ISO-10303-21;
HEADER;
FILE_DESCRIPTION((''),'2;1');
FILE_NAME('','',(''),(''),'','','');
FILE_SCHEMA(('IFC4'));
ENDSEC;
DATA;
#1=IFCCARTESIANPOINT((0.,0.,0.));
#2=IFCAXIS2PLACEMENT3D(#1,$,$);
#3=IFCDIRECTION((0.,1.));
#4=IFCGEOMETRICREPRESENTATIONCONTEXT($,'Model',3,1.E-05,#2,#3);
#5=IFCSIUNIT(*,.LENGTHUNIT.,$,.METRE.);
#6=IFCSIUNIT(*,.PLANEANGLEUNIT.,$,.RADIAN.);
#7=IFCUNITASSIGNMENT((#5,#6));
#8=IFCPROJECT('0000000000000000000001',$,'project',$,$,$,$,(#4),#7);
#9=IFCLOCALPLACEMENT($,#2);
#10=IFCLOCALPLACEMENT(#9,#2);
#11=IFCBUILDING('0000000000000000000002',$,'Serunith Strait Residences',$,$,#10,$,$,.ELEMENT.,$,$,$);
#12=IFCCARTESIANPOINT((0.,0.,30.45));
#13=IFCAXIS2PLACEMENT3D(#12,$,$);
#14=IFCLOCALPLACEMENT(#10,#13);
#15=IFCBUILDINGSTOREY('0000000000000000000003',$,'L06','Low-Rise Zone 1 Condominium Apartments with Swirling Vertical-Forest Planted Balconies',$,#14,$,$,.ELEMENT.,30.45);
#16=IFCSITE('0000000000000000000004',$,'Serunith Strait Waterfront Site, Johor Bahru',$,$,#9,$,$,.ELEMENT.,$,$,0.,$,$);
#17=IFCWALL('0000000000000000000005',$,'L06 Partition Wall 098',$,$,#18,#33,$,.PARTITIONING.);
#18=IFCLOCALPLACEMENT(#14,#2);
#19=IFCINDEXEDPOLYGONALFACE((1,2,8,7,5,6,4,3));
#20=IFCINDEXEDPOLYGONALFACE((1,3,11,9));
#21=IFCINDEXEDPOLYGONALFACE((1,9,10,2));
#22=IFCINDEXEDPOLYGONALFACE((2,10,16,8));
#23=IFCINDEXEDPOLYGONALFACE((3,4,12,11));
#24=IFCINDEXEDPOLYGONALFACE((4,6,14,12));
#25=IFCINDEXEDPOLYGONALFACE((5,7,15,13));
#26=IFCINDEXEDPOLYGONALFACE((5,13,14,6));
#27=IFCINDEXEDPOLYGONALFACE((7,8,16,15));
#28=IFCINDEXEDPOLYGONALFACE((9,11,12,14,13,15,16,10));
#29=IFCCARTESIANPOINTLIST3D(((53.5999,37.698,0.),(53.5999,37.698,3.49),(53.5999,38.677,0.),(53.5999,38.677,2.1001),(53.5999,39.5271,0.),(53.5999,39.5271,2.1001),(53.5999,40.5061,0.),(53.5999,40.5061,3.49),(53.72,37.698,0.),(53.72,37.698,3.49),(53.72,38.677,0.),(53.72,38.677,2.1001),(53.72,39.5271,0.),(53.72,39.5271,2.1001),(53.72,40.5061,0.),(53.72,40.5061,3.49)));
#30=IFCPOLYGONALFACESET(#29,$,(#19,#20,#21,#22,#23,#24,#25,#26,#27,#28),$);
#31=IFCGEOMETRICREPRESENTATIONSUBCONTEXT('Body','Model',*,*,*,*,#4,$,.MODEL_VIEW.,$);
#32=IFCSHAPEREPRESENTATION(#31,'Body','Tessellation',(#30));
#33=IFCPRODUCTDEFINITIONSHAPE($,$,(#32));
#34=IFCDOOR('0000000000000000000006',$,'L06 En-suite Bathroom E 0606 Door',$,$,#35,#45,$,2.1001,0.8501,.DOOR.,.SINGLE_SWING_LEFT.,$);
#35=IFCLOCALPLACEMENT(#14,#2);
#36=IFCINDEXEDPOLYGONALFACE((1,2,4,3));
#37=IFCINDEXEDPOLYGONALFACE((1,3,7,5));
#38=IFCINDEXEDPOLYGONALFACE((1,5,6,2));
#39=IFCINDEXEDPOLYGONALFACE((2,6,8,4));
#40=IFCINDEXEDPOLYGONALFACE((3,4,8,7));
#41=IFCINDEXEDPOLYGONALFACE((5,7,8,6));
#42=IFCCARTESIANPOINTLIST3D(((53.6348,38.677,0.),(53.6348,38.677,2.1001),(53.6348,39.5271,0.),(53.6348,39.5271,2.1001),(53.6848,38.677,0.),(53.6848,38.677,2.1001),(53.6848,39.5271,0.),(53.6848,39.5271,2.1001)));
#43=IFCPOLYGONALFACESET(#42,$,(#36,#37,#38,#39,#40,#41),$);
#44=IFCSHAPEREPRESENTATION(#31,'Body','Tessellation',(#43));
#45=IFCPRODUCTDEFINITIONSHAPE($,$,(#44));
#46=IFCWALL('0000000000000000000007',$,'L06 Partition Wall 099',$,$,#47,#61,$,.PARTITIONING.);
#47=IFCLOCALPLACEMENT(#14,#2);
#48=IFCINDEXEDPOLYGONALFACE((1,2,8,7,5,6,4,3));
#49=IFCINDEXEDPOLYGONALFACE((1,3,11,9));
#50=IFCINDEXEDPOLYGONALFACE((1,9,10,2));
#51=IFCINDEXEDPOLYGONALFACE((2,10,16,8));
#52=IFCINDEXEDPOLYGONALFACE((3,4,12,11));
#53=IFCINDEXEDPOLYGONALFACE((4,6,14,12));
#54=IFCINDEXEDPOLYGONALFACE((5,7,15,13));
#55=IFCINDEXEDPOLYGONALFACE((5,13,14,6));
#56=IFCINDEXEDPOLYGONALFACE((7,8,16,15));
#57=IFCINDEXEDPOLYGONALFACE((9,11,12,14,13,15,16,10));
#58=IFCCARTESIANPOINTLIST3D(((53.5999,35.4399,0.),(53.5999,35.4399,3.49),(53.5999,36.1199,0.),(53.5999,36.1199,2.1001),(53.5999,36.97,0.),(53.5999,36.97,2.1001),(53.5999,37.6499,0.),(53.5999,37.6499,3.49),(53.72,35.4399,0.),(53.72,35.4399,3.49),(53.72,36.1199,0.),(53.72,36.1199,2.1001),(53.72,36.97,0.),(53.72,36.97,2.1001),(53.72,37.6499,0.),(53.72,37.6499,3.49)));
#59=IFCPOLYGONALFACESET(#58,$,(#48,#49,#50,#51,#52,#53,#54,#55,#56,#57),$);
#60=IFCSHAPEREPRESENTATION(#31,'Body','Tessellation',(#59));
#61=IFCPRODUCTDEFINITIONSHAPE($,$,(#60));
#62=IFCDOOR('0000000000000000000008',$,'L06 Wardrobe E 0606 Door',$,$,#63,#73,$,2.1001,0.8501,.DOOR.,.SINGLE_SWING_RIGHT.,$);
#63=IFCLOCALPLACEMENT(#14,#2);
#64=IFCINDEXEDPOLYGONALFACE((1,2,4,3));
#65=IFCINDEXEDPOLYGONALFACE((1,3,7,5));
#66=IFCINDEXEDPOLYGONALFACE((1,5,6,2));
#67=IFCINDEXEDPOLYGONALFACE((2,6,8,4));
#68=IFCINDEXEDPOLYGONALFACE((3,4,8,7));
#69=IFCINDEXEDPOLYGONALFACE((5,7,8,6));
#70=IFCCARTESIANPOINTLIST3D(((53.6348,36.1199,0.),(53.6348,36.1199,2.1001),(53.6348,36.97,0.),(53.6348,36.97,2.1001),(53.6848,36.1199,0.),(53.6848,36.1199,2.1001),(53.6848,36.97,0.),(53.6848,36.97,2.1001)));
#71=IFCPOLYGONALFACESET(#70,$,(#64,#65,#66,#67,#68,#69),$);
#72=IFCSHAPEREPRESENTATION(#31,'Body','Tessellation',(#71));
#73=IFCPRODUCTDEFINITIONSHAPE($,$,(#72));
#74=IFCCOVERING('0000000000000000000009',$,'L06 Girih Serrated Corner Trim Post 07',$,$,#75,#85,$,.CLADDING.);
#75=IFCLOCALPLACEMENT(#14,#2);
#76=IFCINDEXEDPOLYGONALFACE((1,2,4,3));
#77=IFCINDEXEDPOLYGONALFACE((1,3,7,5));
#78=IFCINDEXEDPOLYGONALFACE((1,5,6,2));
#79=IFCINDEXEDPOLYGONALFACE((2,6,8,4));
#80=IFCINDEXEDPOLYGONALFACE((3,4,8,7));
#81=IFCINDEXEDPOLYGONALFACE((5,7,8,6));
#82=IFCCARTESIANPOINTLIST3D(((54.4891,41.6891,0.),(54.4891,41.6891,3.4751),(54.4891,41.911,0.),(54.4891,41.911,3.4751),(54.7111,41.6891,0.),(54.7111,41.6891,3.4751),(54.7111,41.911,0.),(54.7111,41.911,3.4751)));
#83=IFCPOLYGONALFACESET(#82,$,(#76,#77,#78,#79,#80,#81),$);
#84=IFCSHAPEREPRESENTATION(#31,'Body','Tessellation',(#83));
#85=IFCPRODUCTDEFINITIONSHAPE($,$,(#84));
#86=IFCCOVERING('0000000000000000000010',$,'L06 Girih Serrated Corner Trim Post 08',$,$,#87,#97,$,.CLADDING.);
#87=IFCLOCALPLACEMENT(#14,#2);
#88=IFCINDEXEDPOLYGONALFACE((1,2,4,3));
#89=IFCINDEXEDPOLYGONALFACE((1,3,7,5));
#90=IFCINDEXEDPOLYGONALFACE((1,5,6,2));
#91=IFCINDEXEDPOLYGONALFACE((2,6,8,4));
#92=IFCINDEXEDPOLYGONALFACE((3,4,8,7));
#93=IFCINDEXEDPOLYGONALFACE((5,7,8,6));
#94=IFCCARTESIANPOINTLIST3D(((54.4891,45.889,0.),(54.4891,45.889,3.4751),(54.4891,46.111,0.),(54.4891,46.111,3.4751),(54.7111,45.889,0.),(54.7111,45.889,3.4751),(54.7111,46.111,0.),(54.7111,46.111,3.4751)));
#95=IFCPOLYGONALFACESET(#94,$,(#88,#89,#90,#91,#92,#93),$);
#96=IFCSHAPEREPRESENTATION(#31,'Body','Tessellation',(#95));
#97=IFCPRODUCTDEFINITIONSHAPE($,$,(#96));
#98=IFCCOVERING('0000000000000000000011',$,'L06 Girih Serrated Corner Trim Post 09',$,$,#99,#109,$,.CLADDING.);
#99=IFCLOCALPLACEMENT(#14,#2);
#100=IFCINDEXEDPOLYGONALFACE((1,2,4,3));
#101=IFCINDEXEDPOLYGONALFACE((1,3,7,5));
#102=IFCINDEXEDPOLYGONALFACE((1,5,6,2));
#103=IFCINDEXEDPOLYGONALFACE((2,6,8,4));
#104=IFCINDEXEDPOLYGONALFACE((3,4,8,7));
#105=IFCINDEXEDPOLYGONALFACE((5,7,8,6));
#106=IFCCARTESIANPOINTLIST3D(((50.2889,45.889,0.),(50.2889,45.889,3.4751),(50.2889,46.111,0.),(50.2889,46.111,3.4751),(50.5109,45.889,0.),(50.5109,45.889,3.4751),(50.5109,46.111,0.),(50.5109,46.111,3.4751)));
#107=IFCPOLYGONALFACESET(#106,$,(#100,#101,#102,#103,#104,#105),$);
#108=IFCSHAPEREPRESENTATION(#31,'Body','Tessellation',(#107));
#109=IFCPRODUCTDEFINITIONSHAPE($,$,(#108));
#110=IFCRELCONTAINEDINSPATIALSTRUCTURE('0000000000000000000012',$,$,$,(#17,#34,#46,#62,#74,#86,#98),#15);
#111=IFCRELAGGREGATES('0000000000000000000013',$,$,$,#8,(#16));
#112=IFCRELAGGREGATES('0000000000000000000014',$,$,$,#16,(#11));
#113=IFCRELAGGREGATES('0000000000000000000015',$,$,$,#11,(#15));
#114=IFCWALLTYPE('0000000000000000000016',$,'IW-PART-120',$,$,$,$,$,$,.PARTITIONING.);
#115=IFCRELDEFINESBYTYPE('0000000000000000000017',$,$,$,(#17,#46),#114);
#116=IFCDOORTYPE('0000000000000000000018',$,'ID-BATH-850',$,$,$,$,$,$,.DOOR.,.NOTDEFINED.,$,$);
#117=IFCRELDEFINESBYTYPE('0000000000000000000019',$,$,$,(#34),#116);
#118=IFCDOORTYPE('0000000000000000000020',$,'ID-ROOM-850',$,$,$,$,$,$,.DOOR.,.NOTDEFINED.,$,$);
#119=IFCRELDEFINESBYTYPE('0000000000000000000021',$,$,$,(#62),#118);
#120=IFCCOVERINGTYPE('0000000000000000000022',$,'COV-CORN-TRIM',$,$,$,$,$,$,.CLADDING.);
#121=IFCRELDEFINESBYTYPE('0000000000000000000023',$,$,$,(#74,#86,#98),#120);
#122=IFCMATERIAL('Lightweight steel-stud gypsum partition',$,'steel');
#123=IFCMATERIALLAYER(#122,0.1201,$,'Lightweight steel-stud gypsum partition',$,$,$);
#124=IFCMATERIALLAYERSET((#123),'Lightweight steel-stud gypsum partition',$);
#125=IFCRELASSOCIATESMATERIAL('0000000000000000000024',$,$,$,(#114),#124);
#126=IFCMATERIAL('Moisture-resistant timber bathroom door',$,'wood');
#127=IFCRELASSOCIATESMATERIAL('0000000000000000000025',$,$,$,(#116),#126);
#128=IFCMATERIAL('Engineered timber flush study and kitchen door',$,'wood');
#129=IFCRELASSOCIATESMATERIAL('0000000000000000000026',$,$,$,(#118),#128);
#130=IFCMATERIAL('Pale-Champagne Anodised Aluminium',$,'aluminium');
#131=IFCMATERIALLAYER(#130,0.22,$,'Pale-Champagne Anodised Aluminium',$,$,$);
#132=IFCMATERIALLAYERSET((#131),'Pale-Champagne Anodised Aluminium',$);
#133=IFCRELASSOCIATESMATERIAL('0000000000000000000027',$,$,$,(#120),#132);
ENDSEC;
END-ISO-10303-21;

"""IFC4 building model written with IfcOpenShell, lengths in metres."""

from ifc_helpers import new_model, si_unit, direction, frame, frame_2d, origin, origin_2d, place, context, subcontext, project, spatial, rectangle, extrude, source, transform, mapped, material, layer, layer_set, type_object, element, fill, save


model = new_model("IFC4")

# Units and contexts
model_context = context("Model", 3, precision=1e-05, world=origin(), true_north=direction((0.0, 1.0)))
body_context = subcontext(model_context, "Body", "Model", "MODEL_VIEW")
ifc_project = project(units=[si_unit("LENGTHUNIT", "METRE"), si_unit("PLANEANGLEUNIT", "RADIAN")], contexts=[model_context])

# Site, building, storey
site_placement = place(None, origin())
site = spatial("IfcSite", under=ifc_project, at=site_placement, Name="Serunith Strait Waterfront Site, Johor Bahru", CompositionType="ELEMENT", RefElevation=0.0)
building_placement = place(site_placement, origin())
building = spatial("IfcBuilding", under=site, at=building_placement, Name="Serunith Strait Residences", CompositionType="ELEMENT")
storey_placement = place(building_placement, frame((0.0, 0.0, 30.45)))
storey = spatial("IfcBuildingStorey", under=building, at=storey_placement, Name="L06", Description="Low-Rise Zone 1 Condominium Apartments with Swirling Vertical-Forest Planted Balconies", CompositionType="ELEMENT", Elevation=30.45)

# Shared definitions
ifc_material_1 = material(Name="Pale-Champagne Anodised Aluminium", Category="aluminium")

# Shared definitions
ifc_material_2 = material(Name="Lightweight steel-stud gypsum partition", Category="steel")
ifc_layer_1 = layer(ifc_material_2, 0.1201, Name="Lightweight steel-stud gypsum partition")
ifc_layer_set_1 = layer_set([ifc_layer_1], Name="Lightweight steel-stud gypsum partition")
wall_type_1 = type_object("IfcWallType", Name="IW-PART-120", PredefinedType="PARTITIONING", material=ifc_layer_set_1)

# Walls, openings, doors
wall_1_placement = place(storey_placement, frame((53.6599, 40.5061, 0.0), z_axis=(0.0, 0.0, 1.0), x_axis=(0.0, -1.0, 0.0)))
wall_1 = element("IfcWall", 1, at=wall_1_placement, inside=storey, type_object=wall_type_1, Name="L06 Partition Wall 098", PredefinedType="PARTITIONING", context=body_context, shape_type="SweptSolid", body=[
    extrude(rectangle(XDim=2.8081, YDim=0.1201, at=frame_2d((1.4041, 0.0))), origin(), (0.0, 0.0, 1.0), 3.49),
])
opening_1_placement = place(wall_1_placement, frame((0.979, 0.0, 0.0)))
opening_1 = element("IfcOpeningElement", 2, at=opening_1_placement, cuts=wall_1, PredefinedType="OPENING", context=body_context, shape_type="SweptSolid", body=[
    extrude(rectangle(XDim=0.8501, YDim=2.1001, at=frame_2d((0.425, 1.05))), frame((0.0, 0.0701, 0.0), z_axis=(0.0, -1.0, 0.0), x_axis=(1.0, 0.0, 0.0)), (0.0, 0.0, 1.0), 0.1401),
])
ifc_material_3 = material(Name="Moisture-resistant timber bathroom door", Category="wood")
door_type_1 = type_object("IfcDoorType", Name="ID-BATH-850", OperationType="NOTDEFINED", PredefinedType="DOOR", material=ifc_material_3)
shared_shape_1 = source(origin(), body_context, "Body", "SweptSolid", [
    extrude(rectangle(XDim=0.8501, YDim=2.1001, at=frame_2d((0.425, 1.05))), frame((0.0, 0.0249, 0.0), z_axis=(0.0, -1.0, 0.0), x_axis=(1.0, 0.0, 0.0)), (0.0, 0.0, 1.0), 0.05),
])
door_1_placement = place(opening_1_placement, origin())
door_1 = element("IfcDoor", 3, at=door_1_placement, inside=storey, type_object=door_type_1, Name="L06 En-suite Bathroom E 0606 Door", OperationType="SINGLE_SWING_LEFT", OverallHeight=2.1001, OverallWidth=0.8501, PredefinedType="DOOR", context=body_context, shape_type="MappedRepresentation", body=[
    mapped(shared_shape_1, transform((0.0, 0.0, 0.0), scale=1.0)),
])
fill(opening_1, door_1)
wall_2_placement = place(storey_placement, frame((53.6599, 37.6499, 0.0), z_axis=(0.0, 0.0, 1.0), x_axis=(0.0, -1.0, 0.0)))
wall_2 = element("IfcWall", 4, at=wall_2_placement, inside=storey, type_object=wall_type_1, Name="L06 Partition Wall 099", PredefinedType="PARTITIONING", context=body_context, shape_type="SweptSolid", body=[
    extrude(rectangle(XDim=2.21, YDim=0.1201, at=frame_2d((1.105, 0.0))), origin(), (0.0, 0.0, 1.0), 3.49),
])
opening_2_placement = place(wall_2_placement, frame((0.6799, 0.0, 0.0)))
opening_2 = element("IfcOpeningElement", 5, at=opening_2_placement, cuts=wall_2, PredefinedType="OPENING", context=body_context, shape_type="SweptSolid", body=[
    extrude(rectangle(XDim=0.8501, YDim=2.1001, at=frame_2d((0.425, 1.05))), frame((0.0, 0.0701, 0.0), z_axis=(0.0, -1.0, 0.0), x_axis=(1.0, 0.0, 0.0)), (0.0, 0.0, 1.0), 0.1401),
])
ifc_material_4 = material(Name="Engineered timber flush study and kitchen door", Category="wood")
door_type_2 = type_object("IfcDoorType", Name="ID-ROOM-850", OperationType="NOTDEFINED", PredefinedType="DOOR", material=ifc_material_4)
door_2_placement = place(opening_2_placement, origin())
door_2 = element("IfcDoor", 6, at=door_2_placement, inside=storey, type_object=door_type_2, Name="L06 Wardrobe E 0606 Door", OperationType="SINGLE_SWING_RIGHT", OverallHeight=2.1001, OverallWidth=0.8501, PredefinedType="DOOR", context=body_context, shape_type="MappedRepresentation", body=[
    mapped(shared_shape_1, transform((0.0, 0.0, 0.0), scale=1.0)),
])
fill(opening_2, door_2)

# Coverings
ifc_layer_2 = layer(ifc_material_1, 0.22, Name="Pale-Champagne Anodised Aluminium")
ifc_layer_set_2 = layer_set([ifc_layer_2], Name="Pale-Champagne Anodised Aluminium")
covering_type = type_object("IfcCoveringType", Name="COV-CORN-TRIM", PredefinedType="CLADDING", material=ifc_layer_set_2)
shared_shape_2 = source(origin(), body_context, "Body", "SweptSolid", [
    extrude(rectangle(XDim=0.2219, YDim=0.2219, at=origin_2d()), origin(), (0.0, 0.0, 1.0), 3.4751),
])
for number, where, z_axis, x_axis, name in (
    (7, (54.6001, 41.8, 0.0), (0.0, 0.0, 1.0), (1.0, 0.0, 0.0), "L06 Girih Serrated Corner Trim Post 07"),
    (8, (54.6001, 46.0, 0.0), (0.0, 0.0, 1.0), (1.0, 0.0, 0.0), "L06 Girih Serrated Corner Trim Post 08"),
    (9, (50.3999, 46.0, 0.0), (0.0, 0.0, 1.0), (1.0, 0.0, 0.0), "L06 Girih Serrated Corner Trim Post 09"),
):
    element("IfcCovering", number, at=place(storey_placement, frame(where, z_axis=z_axis, x_axis=x_axis)), inside=storey, type_object=covering_type, Name=name, PredefinedType="CLADDING", context=body_context, shape_type="MappedRepresentation", body=[
        mapped(shared_shape_2, transform((0.0, 0.0, 0.0), scale=1.0)),
    ])

save(model, "model.ifc")
